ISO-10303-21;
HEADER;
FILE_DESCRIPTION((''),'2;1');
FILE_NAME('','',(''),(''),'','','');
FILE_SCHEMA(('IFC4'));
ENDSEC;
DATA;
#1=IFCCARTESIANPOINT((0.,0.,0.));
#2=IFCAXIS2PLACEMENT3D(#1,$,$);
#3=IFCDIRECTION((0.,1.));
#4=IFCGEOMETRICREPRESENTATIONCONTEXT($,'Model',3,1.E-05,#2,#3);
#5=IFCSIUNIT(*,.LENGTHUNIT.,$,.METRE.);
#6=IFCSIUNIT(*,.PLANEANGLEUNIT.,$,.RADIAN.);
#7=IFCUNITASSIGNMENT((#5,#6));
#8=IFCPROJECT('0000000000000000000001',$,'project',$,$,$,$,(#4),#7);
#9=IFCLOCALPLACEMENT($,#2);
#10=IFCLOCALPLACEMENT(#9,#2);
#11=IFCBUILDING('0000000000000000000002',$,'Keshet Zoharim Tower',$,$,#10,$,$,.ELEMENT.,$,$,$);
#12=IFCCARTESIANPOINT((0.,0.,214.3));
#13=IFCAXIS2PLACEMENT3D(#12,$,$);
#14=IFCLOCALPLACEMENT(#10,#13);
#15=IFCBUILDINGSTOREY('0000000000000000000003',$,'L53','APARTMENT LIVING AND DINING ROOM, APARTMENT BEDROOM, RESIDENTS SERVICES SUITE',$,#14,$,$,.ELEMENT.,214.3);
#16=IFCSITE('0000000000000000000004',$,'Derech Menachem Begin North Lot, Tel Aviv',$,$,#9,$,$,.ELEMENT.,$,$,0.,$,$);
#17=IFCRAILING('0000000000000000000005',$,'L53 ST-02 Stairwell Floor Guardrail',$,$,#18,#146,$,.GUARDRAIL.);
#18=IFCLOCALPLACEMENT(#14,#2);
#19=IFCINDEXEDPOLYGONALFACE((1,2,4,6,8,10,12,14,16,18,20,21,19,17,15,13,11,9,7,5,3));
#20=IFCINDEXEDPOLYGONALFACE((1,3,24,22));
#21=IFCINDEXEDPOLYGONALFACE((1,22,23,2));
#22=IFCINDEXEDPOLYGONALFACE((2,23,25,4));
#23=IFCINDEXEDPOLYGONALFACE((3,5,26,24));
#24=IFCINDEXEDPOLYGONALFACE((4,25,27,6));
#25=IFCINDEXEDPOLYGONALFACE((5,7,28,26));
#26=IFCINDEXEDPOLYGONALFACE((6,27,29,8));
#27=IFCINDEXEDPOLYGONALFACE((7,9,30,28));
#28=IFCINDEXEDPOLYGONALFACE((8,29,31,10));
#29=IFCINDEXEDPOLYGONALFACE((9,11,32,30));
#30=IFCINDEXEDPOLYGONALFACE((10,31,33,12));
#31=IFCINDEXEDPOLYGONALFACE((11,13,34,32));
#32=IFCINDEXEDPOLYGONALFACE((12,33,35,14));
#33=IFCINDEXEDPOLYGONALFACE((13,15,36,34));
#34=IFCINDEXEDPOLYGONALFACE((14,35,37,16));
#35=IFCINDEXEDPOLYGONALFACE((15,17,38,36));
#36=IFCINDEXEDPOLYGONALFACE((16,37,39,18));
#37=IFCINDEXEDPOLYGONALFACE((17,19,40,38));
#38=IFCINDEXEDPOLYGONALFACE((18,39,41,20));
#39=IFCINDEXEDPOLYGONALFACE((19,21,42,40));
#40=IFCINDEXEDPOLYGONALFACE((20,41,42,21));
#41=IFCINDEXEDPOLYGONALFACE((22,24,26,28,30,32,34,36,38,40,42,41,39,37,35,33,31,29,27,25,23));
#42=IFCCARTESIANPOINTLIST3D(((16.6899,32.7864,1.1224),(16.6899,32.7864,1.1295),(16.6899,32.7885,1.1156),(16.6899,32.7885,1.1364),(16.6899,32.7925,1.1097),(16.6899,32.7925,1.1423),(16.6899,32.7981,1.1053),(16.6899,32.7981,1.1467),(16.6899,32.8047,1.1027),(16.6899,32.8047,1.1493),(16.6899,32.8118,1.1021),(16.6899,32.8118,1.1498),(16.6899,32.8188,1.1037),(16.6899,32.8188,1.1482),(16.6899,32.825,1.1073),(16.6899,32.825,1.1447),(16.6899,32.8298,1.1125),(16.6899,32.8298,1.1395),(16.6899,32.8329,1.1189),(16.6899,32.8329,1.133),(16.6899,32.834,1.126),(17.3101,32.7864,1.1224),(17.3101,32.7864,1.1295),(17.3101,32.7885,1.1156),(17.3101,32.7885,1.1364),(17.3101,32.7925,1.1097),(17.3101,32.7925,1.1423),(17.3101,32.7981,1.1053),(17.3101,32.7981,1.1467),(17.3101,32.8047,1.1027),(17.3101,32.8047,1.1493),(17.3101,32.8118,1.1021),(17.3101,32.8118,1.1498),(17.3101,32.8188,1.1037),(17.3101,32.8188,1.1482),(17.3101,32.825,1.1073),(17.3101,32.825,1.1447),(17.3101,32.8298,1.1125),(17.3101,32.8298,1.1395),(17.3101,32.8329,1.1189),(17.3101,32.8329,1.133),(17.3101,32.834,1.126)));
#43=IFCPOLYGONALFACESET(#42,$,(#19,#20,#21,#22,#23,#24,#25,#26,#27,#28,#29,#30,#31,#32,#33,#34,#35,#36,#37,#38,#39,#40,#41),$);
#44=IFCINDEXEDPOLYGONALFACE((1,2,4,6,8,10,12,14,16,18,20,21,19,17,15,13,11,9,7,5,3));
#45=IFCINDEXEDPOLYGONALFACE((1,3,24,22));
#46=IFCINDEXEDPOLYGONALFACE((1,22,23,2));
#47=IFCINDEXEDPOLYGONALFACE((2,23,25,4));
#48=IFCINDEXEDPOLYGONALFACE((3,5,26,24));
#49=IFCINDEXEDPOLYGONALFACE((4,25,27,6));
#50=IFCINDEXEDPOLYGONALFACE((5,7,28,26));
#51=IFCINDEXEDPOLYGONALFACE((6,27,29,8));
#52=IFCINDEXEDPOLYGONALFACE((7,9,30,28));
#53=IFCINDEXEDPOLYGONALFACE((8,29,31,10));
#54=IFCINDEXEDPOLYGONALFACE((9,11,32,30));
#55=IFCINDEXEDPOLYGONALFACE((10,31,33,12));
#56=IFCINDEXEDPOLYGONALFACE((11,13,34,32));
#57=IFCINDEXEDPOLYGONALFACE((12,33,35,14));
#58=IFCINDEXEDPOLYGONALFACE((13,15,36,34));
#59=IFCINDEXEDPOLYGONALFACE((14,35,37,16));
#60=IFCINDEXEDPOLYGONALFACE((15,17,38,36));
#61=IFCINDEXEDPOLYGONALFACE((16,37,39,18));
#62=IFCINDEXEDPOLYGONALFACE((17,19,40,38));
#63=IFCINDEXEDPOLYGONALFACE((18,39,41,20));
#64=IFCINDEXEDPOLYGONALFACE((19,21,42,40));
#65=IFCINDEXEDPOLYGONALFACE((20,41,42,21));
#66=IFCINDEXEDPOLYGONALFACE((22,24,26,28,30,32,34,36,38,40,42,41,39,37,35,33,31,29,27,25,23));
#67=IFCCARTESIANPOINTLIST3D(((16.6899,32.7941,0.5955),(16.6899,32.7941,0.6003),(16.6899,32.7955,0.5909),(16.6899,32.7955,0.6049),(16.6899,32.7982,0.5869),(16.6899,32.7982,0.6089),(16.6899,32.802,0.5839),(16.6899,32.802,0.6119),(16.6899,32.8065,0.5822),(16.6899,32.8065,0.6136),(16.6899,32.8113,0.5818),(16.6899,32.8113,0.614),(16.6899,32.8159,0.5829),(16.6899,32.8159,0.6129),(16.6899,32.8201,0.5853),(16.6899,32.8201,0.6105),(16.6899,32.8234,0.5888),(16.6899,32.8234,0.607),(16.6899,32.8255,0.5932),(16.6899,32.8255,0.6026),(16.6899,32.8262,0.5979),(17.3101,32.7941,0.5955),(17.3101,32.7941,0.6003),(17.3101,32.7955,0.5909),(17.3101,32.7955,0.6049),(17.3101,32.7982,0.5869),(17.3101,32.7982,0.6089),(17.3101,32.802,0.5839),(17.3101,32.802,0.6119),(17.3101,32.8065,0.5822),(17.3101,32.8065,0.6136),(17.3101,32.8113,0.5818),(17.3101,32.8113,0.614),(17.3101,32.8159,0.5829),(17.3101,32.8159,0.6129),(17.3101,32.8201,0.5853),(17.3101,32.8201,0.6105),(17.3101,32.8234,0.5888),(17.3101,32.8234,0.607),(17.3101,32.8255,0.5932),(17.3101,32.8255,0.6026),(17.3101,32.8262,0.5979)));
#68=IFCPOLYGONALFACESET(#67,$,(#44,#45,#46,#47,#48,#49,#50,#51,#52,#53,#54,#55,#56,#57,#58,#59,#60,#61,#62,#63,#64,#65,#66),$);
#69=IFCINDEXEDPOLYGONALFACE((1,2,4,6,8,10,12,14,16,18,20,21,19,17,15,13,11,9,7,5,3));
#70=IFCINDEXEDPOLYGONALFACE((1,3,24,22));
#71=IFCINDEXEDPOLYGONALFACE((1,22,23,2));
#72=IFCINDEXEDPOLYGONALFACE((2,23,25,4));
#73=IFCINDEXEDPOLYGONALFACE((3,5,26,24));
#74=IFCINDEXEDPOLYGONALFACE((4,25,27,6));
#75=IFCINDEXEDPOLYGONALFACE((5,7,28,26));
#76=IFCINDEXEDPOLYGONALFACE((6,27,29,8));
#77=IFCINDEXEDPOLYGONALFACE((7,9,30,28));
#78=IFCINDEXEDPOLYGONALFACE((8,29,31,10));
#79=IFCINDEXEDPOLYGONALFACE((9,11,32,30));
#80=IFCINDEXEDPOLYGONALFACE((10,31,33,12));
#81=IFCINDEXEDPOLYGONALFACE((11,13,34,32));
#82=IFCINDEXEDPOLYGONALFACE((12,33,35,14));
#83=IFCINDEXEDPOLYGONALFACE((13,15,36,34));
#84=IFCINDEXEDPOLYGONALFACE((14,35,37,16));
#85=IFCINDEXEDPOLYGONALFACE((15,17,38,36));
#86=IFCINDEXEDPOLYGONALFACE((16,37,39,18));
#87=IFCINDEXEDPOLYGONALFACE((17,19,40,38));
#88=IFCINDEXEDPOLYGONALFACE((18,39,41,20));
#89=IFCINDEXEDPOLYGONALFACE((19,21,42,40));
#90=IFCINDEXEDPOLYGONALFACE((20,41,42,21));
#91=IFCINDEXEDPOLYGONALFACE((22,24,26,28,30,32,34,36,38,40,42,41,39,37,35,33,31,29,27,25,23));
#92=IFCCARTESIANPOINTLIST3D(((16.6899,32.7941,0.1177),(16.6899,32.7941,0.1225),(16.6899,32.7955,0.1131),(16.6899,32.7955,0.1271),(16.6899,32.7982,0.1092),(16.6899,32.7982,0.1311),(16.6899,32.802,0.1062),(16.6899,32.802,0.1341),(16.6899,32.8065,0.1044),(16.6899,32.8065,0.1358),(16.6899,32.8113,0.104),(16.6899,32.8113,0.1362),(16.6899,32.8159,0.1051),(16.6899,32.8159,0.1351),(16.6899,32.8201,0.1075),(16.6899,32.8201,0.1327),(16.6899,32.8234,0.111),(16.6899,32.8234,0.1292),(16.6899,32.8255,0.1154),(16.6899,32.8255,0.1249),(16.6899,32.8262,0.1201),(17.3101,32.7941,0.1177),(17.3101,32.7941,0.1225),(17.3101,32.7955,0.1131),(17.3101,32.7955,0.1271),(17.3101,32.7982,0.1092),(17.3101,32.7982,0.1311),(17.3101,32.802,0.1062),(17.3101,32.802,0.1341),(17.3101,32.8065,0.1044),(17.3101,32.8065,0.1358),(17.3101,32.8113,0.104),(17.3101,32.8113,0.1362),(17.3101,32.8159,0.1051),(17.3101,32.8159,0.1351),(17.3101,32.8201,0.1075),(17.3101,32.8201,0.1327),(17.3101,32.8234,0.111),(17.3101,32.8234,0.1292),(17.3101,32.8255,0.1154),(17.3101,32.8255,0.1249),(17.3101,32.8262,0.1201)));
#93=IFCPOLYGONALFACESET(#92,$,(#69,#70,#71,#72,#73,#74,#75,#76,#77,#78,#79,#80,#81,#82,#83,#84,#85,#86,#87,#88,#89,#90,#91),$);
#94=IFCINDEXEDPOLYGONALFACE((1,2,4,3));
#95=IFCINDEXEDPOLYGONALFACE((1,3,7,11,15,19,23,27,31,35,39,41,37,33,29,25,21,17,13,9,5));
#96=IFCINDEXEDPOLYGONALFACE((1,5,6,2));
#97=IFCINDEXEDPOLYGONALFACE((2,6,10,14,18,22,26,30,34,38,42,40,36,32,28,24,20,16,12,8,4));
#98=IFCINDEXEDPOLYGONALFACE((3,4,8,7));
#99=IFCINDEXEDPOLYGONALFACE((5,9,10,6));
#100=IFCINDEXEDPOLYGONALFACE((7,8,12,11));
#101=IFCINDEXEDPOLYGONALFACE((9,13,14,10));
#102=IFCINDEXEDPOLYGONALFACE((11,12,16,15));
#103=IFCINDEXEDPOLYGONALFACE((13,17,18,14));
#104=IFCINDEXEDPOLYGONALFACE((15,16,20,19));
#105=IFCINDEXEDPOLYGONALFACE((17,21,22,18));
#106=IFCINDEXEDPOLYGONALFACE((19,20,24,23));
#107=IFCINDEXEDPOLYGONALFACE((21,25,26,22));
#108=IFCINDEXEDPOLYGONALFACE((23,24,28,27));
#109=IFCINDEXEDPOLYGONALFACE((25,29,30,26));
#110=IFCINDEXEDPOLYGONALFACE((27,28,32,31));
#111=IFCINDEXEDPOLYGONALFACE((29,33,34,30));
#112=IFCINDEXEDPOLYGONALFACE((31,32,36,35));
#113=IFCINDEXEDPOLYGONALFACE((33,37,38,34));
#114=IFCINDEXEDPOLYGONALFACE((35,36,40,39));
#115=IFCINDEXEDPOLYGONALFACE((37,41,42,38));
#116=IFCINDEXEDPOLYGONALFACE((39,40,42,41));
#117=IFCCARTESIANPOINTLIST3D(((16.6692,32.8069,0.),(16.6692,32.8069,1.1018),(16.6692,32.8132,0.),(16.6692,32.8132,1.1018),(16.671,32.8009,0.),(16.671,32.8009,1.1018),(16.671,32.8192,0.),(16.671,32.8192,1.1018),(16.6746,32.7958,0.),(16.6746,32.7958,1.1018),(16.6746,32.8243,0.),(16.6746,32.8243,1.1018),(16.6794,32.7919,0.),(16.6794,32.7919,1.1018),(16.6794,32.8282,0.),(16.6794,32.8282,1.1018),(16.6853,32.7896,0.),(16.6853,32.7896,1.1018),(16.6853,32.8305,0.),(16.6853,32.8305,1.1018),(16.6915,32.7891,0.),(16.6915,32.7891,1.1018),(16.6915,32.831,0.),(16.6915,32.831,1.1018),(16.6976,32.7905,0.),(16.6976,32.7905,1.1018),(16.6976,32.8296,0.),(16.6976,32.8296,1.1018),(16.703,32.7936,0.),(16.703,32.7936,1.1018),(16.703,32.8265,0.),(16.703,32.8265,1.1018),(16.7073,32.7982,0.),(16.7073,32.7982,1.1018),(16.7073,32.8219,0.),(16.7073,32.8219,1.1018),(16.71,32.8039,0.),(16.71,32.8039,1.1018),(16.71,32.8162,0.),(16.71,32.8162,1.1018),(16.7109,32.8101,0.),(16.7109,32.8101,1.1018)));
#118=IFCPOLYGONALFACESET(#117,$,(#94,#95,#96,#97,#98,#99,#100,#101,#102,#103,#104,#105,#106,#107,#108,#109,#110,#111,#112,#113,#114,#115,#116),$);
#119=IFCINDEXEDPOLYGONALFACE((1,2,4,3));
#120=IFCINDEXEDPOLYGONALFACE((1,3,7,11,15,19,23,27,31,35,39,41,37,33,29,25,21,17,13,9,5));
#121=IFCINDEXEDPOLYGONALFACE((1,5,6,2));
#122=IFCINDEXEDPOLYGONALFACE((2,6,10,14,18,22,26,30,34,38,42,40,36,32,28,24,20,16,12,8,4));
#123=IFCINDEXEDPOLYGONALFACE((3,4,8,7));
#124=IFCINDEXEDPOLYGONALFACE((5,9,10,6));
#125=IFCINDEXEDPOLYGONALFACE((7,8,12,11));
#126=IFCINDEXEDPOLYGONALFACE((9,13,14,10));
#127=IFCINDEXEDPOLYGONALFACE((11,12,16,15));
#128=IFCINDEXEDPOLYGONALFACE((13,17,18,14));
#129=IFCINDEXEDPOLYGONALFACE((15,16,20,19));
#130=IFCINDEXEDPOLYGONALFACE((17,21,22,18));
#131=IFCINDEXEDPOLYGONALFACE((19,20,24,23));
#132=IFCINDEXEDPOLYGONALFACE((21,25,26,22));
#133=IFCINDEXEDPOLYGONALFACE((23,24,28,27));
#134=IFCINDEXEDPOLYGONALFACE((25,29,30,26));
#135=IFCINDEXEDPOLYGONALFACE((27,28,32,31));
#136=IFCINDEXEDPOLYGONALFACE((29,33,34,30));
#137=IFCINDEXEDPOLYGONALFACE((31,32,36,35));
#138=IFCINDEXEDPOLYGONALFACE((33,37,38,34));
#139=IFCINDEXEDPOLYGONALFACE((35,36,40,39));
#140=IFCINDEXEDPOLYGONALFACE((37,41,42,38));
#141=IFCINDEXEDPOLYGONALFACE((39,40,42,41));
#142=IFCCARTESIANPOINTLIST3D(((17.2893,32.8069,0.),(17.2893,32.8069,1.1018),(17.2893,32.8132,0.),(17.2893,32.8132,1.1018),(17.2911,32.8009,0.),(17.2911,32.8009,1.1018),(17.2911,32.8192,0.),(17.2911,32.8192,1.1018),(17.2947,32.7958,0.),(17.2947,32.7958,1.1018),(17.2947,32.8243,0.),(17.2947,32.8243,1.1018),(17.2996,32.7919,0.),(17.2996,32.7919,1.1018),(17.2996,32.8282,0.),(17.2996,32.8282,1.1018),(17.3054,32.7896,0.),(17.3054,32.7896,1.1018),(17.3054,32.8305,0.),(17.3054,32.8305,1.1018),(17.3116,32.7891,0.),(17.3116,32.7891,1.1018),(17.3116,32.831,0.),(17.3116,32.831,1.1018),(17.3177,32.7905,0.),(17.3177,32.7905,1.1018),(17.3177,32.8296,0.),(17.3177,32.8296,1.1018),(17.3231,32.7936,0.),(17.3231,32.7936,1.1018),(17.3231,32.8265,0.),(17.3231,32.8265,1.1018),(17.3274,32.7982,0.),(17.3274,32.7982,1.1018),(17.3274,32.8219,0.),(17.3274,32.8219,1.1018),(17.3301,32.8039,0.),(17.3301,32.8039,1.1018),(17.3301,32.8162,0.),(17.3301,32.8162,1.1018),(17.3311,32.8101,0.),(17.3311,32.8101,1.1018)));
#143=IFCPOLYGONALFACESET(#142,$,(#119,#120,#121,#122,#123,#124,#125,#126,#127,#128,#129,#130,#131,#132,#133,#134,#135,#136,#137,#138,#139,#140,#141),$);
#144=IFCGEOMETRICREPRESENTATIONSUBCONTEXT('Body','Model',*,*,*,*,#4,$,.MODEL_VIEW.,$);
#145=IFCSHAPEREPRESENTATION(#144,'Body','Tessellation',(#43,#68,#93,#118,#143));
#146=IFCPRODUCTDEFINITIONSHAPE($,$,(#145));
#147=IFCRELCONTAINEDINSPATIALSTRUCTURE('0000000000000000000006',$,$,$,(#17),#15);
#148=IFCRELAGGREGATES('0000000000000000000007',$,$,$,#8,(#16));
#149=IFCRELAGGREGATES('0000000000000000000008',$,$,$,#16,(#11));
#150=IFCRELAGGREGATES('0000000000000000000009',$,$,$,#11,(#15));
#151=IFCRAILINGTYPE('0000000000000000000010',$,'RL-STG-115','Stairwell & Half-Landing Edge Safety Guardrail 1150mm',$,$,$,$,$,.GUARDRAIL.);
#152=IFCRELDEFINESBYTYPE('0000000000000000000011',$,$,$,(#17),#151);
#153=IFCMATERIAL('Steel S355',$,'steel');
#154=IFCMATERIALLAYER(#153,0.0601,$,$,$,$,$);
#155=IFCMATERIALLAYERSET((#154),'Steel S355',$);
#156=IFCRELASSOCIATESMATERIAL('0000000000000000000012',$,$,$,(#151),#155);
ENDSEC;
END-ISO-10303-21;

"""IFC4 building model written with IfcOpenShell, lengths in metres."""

from ifc_helpers import new_model, si_unit, direction, frame, origin, origin_2d, place, context, subcontext, project, spatial, circle, extrude, material, layer, layer_set, type_object, element, save


model = new_model("IFC4")

# Units and contexts
model_context = context("Model", 3, precision=1e-05, world=origin(), true_north=direction((0.0, 1.0)))
body_context = subcontext(model_context, "Body", "Model", "MODEL_VIEW")
ifc_project = project(units=[si_unit("LENGTHUNIT", "METRE"), si_unit("PLANEANGLEUNIT", "RADIAN")], contexts=[model_context])

# Site, building, storey
site_placement = place(None, origin())
site = spatial("IfcSite", under=ifc_project, at=site_placement, Name="Derech Menachem Begin North Lot, Tel Aviv", CompositionType="ELEMENT", RefElevation=0.0)
building_placement = place(site_placement, origin())
building = spatial("IfcBuilding", under=site, at=building_placement, Name="Keshet Zoharim Tower", CompositionType="ELEMENT")
storey_placement = place(building_placement, frame((0.0, 0.0, 214.3)))
storey = spatial("IfcBuildingStorey", under=building, at=storey_placement, Name="L53", Description="APARTMENT LIVING AND DINING ROOM, APARTMENT BEDROOM, RESIDENTS SERVICES SUITE", CompositionType="ELEMENT", Elevation=214.3)

# Shared definitions
ifc_material_1 = material(Name="Steel S355", Category="steel")

# Railing
ifc_layer_1 = layer(ifc_material_1, 0.0601)
ifc_layer_set_1 = layer_set([ifc_layer_1], Name="Steel S355")
railing_type_1 = type_object("IfcRailingType", Name="RL-STG-115", Description="Stairwell & Half-Landing Edge Safety Guardrail 1150mm", PredefinedType="GUARDRAIL", material=ifc_layer_set_1)
railing_1_placement = place(storey_placement, frame((16.6899, 32.8101, 0.0)))
element("IfcRailing", 1, at=railing_1_placement, inside=storey, type_object=railing_type_1, Name="L53 ST-02 Stairwell Floor Guardrail", PredefinedType="GUARDRAIL", context=body_context, shape_type="SweptSolid", body=[
    extrude(circle(Radius=0.0239, at=origin_2d()), frame((0.0, 0.0, 1.126), z_axis=(1.0, 0.0, 0.0), x_axis=(0.0, 1.0, 0.0)), (0.0, 0.0, 1.0), 0.6201),
    extrude(circle(Radius=0.0161, at=origin_2d()), frame((0.0, 0.0, 0.5979), z_axis=(1.0, 0.0, 0.0), x_axis=(0.0, 1.0, 0.0)), (0.0, 0.0, 1.0), 0.6201),
    extrude(circle(Radius=0.0161, at=origin_2d()), frame((0.0, 0.0, 0.1201), z_axis=(1.0, 0.0, 0.0), x_axis=(0.0, 1.0, 0.0)), (0.0, 0.0, 1.0), 0.6201),
    extrude(circle(Radius=0.021, at=origin_2d()), origin(), (0.0, 0.0, 1.0), 1.1018),
    extrude(circle(Radius=0.021, at=origin_2d()), frame((0.6201, 0.0, 0.0)), (0.0, 0.0, 1.0), 1.1018),
])

save(model, "model.ifc")
